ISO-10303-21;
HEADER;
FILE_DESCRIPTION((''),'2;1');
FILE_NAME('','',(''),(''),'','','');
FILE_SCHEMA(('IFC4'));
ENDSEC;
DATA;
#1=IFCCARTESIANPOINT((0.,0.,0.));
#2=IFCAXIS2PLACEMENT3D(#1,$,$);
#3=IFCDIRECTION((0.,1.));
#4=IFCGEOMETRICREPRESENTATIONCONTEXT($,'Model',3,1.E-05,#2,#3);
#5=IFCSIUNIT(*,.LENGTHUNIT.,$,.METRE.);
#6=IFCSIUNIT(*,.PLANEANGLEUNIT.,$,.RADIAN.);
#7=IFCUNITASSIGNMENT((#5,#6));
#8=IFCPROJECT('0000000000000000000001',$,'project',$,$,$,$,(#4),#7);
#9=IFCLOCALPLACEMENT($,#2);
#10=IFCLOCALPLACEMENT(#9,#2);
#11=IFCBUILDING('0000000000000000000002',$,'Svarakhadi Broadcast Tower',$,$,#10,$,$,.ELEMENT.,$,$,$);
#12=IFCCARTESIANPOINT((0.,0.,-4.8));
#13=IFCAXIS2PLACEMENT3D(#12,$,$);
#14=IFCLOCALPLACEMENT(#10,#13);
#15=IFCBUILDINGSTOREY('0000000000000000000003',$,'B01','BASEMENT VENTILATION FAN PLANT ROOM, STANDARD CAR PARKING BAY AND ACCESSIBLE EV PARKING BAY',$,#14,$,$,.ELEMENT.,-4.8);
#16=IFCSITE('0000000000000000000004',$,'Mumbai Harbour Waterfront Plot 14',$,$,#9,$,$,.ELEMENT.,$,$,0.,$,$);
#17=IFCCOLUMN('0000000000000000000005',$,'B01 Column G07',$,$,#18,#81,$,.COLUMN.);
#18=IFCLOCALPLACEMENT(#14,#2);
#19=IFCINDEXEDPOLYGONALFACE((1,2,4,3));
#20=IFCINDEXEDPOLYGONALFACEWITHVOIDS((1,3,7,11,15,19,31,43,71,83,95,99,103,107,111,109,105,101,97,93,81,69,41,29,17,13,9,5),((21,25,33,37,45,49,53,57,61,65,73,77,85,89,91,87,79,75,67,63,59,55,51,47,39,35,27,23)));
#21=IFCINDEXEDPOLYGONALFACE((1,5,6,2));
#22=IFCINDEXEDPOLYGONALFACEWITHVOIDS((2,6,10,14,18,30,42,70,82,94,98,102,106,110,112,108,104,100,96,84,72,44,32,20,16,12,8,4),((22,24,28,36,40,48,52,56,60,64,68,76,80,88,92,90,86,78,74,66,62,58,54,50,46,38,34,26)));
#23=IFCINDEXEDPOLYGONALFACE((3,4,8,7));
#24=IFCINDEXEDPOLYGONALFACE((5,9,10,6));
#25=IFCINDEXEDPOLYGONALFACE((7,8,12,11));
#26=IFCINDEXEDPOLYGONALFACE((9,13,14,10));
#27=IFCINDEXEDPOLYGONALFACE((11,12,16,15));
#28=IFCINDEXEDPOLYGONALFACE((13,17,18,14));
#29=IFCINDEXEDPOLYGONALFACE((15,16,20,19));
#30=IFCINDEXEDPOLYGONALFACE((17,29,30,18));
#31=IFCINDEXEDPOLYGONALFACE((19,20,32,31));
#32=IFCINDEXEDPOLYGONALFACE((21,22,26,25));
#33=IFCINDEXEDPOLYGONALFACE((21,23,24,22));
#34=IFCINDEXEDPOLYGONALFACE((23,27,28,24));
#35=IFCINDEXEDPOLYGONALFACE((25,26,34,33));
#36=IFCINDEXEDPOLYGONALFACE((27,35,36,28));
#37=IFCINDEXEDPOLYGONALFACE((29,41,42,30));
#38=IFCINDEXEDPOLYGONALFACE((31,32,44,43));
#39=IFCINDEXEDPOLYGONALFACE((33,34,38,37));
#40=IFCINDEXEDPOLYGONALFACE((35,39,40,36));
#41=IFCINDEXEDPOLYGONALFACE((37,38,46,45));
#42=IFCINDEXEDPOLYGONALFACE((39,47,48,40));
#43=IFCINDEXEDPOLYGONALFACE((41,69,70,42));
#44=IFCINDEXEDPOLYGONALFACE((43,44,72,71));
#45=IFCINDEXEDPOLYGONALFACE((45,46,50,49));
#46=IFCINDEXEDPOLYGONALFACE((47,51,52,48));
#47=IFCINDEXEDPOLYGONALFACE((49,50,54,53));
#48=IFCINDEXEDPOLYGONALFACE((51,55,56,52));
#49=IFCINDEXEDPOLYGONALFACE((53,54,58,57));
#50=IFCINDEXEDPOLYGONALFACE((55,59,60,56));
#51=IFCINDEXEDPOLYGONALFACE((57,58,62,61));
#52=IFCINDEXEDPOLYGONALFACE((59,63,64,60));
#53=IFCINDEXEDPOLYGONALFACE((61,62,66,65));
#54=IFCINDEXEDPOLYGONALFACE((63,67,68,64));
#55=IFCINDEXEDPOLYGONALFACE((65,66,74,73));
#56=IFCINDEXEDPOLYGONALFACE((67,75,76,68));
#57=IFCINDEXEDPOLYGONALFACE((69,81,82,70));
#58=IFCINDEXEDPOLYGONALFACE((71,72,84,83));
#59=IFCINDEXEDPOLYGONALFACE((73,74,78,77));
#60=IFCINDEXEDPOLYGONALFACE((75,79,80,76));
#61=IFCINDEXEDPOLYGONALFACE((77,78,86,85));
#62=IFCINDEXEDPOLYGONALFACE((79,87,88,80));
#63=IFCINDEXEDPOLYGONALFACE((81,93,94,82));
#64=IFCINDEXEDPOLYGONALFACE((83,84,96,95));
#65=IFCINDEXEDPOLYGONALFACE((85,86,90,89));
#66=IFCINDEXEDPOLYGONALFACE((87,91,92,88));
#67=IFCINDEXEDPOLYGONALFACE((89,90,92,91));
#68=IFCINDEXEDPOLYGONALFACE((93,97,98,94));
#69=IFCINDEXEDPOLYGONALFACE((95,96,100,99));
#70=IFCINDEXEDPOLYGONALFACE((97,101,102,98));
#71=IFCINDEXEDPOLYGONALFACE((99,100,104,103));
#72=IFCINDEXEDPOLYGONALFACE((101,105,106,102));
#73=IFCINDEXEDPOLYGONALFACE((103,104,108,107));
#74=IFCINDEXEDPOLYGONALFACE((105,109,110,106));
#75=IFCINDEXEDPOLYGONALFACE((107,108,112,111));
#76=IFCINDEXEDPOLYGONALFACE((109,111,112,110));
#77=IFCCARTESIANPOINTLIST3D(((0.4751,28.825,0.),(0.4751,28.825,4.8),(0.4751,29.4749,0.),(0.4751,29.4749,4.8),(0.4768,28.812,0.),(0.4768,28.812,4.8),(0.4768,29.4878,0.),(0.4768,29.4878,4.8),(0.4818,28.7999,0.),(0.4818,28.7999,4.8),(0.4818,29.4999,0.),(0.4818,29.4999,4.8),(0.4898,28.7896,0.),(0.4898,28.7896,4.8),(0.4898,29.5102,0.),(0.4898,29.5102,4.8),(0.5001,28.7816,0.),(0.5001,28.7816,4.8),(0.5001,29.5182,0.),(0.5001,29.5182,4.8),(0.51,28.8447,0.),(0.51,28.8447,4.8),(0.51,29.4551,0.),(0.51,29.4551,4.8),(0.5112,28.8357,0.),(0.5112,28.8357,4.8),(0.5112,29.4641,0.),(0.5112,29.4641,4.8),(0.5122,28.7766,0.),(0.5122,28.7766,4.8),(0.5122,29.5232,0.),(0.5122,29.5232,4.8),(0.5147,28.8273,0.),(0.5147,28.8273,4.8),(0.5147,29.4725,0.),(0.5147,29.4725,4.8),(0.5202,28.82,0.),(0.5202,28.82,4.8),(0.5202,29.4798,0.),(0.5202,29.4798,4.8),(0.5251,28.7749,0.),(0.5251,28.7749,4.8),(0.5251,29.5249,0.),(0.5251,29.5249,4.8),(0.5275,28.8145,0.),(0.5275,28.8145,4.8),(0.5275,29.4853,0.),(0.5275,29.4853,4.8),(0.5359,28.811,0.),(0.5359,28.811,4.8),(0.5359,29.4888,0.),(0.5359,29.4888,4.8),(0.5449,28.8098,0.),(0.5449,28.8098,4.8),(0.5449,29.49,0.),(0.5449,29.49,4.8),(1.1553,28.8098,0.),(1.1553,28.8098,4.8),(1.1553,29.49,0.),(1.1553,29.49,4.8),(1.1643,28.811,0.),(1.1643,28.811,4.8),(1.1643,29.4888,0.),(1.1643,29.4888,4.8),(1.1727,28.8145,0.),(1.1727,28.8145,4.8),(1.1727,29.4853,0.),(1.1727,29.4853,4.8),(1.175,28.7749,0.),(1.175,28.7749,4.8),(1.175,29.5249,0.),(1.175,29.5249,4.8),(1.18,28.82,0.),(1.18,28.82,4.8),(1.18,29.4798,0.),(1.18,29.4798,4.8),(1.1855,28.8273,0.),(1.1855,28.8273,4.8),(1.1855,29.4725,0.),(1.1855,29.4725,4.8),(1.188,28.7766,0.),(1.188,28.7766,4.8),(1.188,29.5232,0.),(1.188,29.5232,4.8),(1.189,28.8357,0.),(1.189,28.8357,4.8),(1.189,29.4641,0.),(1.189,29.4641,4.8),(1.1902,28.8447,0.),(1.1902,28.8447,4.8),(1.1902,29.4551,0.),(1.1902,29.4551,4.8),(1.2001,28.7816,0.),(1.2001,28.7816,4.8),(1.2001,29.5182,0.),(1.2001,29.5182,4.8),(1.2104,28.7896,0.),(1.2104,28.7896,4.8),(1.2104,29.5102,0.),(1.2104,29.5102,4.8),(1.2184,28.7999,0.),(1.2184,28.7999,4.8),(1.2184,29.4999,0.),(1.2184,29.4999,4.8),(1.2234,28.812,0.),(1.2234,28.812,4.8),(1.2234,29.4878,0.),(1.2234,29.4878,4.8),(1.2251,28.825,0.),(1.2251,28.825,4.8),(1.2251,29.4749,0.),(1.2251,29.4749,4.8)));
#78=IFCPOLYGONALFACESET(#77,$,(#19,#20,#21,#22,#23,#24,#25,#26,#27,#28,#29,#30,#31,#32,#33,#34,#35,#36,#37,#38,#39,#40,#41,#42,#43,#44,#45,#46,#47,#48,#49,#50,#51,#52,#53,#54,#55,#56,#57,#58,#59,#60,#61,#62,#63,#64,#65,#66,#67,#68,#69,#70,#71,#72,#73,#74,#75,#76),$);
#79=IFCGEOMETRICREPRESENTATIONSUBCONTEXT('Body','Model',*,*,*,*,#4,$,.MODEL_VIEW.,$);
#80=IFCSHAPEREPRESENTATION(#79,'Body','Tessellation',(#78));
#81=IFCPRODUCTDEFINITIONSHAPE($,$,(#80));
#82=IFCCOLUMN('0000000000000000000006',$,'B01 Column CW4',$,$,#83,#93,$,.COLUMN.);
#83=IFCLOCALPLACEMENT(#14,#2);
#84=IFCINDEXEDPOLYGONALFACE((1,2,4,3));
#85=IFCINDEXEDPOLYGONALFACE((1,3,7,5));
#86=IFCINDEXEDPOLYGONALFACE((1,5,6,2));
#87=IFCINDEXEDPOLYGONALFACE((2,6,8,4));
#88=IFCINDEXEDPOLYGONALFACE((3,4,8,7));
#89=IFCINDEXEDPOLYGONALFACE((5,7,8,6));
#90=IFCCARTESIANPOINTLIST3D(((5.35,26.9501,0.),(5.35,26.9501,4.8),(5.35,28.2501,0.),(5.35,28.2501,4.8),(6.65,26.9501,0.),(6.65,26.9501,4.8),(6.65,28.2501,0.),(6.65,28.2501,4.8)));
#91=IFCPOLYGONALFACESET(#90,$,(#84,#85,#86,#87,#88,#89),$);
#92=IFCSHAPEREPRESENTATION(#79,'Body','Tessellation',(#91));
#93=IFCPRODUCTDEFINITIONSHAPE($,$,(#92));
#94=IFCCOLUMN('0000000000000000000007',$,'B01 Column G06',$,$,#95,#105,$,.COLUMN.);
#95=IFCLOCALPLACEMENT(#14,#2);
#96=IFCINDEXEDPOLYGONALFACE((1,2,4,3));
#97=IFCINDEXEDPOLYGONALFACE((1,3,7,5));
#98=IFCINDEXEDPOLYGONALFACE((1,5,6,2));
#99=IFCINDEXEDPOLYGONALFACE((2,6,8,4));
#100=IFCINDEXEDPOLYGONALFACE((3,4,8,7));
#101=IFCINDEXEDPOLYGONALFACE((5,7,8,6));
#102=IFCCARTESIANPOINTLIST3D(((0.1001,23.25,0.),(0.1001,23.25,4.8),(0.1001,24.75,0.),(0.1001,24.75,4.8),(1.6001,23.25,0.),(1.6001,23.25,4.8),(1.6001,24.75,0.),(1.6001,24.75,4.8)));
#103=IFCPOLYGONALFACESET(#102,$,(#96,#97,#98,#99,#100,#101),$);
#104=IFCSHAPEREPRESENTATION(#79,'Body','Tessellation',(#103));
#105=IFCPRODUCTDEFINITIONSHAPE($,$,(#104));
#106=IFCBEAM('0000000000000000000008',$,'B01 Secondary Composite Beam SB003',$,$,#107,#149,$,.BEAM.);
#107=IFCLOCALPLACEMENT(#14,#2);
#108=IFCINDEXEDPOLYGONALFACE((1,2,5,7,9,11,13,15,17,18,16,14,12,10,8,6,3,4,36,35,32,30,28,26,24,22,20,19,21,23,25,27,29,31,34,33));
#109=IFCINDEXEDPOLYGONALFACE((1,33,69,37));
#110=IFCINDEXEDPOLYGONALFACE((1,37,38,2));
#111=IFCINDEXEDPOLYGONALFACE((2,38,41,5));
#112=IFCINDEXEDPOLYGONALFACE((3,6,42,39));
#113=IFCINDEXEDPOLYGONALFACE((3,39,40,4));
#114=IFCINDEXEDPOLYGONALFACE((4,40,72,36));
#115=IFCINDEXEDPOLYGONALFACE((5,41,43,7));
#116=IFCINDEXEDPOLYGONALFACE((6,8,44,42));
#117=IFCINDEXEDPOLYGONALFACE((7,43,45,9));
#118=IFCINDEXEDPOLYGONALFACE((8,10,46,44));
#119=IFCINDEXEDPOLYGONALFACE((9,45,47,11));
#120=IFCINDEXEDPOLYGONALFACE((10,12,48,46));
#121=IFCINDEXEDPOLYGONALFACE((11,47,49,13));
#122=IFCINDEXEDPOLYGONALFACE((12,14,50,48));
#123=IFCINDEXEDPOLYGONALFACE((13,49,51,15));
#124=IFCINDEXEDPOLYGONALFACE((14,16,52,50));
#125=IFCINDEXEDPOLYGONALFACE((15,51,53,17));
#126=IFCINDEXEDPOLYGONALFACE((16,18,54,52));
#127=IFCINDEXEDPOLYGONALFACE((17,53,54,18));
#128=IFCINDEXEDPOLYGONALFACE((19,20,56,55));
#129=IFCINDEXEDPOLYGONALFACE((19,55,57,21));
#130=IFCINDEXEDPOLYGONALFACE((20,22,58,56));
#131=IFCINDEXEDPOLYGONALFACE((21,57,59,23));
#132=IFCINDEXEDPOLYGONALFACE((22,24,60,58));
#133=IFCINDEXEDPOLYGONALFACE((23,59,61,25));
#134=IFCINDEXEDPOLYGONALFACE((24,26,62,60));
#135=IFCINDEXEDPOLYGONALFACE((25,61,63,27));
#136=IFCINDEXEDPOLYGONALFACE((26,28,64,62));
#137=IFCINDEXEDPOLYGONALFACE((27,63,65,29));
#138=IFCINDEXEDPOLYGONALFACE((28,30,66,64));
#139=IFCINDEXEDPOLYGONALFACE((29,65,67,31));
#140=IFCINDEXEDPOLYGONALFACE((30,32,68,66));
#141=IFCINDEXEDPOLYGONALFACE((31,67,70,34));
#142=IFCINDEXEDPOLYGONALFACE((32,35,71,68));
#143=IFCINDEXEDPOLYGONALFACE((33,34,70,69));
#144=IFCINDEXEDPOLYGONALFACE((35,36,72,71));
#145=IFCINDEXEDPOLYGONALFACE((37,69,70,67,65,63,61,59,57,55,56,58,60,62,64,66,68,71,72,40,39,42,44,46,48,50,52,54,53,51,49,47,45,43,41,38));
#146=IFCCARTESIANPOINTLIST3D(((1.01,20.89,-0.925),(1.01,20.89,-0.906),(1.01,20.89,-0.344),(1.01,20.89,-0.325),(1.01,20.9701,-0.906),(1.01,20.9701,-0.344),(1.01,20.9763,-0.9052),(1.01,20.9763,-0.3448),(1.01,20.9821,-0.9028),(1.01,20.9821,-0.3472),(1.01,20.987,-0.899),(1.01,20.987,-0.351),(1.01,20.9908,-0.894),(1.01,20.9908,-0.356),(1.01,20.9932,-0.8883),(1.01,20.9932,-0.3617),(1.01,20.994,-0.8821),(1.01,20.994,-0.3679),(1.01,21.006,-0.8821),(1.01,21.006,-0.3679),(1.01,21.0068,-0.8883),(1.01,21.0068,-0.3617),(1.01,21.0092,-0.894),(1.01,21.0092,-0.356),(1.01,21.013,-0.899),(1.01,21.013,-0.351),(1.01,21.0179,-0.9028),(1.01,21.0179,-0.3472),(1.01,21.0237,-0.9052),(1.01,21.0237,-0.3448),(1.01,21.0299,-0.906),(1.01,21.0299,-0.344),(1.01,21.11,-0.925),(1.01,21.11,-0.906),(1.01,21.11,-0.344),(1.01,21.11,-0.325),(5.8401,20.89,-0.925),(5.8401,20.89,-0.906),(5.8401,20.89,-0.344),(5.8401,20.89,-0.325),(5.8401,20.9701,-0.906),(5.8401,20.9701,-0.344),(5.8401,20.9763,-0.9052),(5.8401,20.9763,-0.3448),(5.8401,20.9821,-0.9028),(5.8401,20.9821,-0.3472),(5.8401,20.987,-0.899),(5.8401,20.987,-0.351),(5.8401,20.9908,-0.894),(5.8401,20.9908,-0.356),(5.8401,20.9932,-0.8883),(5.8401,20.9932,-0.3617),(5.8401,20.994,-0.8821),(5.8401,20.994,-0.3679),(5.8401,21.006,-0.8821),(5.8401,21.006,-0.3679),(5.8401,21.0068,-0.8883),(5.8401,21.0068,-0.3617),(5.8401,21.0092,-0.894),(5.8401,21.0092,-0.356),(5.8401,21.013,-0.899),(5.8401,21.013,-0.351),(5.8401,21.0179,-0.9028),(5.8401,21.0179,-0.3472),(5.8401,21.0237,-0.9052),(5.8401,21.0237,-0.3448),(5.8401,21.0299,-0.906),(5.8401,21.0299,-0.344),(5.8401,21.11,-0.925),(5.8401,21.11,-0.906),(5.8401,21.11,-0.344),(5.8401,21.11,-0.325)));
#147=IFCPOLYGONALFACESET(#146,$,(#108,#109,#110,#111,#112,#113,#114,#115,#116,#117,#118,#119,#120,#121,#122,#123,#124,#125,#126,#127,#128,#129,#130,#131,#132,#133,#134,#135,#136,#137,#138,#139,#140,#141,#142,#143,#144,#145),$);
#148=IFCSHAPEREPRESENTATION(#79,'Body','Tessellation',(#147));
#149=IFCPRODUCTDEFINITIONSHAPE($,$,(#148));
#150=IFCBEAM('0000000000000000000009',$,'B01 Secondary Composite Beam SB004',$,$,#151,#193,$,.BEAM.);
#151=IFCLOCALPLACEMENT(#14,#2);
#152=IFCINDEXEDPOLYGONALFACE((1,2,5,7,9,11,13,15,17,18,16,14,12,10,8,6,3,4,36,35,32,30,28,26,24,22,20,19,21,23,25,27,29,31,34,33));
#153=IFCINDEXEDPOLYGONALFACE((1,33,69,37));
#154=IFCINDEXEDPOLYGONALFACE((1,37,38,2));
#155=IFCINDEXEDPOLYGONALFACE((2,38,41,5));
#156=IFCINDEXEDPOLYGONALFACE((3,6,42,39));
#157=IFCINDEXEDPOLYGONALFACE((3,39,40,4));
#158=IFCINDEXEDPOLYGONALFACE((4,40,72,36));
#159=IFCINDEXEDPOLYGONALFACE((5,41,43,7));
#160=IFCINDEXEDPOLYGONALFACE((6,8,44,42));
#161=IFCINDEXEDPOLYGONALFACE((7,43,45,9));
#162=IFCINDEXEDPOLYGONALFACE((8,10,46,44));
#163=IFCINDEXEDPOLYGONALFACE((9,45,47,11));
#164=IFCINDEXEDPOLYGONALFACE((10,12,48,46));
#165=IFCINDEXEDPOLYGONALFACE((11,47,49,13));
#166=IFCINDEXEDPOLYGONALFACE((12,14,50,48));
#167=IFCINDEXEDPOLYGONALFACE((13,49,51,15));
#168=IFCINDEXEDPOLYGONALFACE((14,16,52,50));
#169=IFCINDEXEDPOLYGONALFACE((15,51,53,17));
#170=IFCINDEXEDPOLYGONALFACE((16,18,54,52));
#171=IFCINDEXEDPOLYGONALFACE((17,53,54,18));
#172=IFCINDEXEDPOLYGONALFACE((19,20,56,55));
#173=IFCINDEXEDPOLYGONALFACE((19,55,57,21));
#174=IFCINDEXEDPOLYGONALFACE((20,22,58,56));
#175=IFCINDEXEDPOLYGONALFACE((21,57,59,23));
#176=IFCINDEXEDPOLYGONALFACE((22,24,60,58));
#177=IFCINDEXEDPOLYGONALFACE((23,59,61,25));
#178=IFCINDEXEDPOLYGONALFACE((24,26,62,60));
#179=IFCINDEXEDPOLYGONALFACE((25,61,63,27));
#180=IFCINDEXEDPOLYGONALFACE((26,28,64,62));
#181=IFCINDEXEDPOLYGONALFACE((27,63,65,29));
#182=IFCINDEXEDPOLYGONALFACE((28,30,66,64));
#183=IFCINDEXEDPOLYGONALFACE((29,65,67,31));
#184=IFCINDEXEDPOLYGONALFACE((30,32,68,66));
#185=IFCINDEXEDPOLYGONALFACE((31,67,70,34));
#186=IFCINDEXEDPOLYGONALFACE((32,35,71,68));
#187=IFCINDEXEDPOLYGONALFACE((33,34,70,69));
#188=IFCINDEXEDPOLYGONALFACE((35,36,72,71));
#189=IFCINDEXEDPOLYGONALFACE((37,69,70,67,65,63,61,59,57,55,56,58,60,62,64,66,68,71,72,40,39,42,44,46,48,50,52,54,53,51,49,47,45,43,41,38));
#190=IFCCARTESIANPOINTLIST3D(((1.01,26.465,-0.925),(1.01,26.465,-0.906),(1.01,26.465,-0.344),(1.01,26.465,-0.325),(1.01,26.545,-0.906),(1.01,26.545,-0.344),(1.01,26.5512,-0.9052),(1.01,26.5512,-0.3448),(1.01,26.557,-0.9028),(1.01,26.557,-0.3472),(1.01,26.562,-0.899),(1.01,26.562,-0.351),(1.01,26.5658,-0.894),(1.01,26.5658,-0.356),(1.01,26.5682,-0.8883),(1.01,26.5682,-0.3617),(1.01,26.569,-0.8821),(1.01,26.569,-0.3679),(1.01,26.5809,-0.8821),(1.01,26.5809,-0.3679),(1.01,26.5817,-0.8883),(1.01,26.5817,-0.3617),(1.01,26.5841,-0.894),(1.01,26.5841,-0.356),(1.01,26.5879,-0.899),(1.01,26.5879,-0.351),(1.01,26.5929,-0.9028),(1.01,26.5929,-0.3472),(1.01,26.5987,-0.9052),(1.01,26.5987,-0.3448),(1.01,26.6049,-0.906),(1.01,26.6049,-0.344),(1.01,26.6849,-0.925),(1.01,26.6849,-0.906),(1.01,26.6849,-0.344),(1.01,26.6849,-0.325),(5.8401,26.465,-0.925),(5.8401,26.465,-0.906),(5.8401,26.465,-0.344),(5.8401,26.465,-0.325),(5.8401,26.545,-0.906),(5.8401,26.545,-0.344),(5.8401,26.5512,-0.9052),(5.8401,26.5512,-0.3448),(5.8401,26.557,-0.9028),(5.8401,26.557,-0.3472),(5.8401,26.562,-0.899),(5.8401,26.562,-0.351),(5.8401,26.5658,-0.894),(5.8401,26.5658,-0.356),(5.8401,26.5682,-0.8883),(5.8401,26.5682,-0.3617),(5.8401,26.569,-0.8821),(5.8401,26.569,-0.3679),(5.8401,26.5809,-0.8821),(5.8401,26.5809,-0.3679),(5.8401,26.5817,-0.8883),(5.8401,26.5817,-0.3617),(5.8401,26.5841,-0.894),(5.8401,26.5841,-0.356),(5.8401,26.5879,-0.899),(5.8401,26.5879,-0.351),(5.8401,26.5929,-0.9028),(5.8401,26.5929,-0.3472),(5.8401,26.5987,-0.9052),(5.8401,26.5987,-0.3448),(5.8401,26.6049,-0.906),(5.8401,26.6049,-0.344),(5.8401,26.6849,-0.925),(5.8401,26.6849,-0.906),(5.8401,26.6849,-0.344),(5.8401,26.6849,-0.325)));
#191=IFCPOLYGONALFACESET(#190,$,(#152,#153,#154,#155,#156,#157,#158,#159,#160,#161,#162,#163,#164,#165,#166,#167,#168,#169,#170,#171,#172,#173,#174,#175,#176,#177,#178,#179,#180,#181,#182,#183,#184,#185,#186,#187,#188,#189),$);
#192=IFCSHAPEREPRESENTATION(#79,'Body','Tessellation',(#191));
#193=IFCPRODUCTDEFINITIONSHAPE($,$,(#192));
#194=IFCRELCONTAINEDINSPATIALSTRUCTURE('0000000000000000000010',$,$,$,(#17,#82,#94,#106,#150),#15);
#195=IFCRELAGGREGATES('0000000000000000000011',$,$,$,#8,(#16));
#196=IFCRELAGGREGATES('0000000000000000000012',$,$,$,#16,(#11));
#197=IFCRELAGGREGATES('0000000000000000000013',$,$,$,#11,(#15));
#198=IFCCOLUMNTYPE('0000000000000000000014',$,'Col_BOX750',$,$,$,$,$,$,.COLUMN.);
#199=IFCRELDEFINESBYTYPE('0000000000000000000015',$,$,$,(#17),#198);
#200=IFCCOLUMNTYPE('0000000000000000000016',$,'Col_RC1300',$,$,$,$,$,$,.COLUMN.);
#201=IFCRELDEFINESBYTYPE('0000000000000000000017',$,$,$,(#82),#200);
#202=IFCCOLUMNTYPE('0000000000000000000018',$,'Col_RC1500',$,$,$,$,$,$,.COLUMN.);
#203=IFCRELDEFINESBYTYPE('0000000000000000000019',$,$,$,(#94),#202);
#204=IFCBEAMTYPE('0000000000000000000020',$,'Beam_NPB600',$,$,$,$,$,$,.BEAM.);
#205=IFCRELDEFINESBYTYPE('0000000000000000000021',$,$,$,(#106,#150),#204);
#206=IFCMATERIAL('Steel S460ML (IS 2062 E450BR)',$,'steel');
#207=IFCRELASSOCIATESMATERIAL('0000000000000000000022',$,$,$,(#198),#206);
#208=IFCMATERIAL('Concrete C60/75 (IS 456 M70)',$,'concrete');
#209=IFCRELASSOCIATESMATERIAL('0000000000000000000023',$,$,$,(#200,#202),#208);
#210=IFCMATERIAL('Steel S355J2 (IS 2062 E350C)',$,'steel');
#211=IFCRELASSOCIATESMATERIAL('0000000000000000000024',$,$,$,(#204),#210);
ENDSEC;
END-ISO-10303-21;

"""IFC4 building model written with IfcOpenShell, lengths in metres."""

from ifc_helpers import new_model, si_unit, direction, frame, origin, origin_2d, place, context, subcontext, project, spatial, rectangle, hollow_rectangle, i_section, extrude, material, material_profile, profile_set, type_object, element, save


model = new_model("IFC4")

# Units and contexts
model_context = context("Model", 3, precision=1e-05, world=origin(), true_north=direction((0.0, 1.0)))
body_context = subcontext(model_context, "Body", "Model", "MODEL_VIEW")
ifc_project = project(units=[si_unit("LENGTHUNIT", "METRE"), si_unit("PLANEANGLEUNIT", "RADIAN")], contexts=[model_context])

# Site, building, storey
site_placement = place(None, origin())
site = spatial("IfcSite", under=ifc_project, at=site_placement, Name="Mumbai Harbour Waterfront Plot 14", CompositionType="ELEMENT", RefElevation=0.0)
building_placement = place(site_placement, origin())
building = spatial("IfcBuilding", under=site, at=building_placement, Name="Svarakhadi Broadcast Tower", CompositionType="ELEMENT")
storey_placement = place(building_placement, frame((0.0, 0.0, -4.8)))
storey = spatial("IfcBuildingStorey", under=building, at=storey_placement, Name="B01", Description="BASEMENT VENTILATION FAN PLANT ROOM, STANDARD CAR PARKING BAY AND ACCESSIBLE EV PARKING BAY", CompositionType="ELEMENT", Elevation=-4.8)

# Columns
ifc_material_1 = material(Name="Steel S460ML (IS 2062 E450BR)", Category="steel")
ifc_material_profile_1 = material_profile(ifc_material_1, hollow_rectangle(XDim=0.75, YDim=0.75, WallThickness=0.0349, InnerFilletRadius=0.0349, OuterFilletRadius=0.05, at=origin_2d()), Name="BOX 750x750x35")
ifc_profile_set_1 = profile_set([ifc_material_profile_1], Name="Steel S460ML (IS 2062 E450BR)")
column_type_1 = type_object("IfcColumnType", Name="Col_BOX750", PredefinedType="COLUMN", material=ifc_profile_set_1)
column_1_placement = place(storey_placement, frame((0.8501, 29.1499, 0.0), z_axis=(0.0, 0.0, 1.0), x_axis=(1.0, 0.0, 0.0)))
element("IfcColumn", 1, at=column_1_placement, inside=storey, type_object=column_type_1, Name="B01 Column G07", PredefinedType="COLUMN", context=body_context, shape_type="SweptSolid", body=[
    extrude(hollow_rectangle(XDim=0.75, YDim=0.75, WallThickness=0.0349, InnerFilletRadius=0.0349, OuterFilletRadius=0.05, at=origin_2d()), origin(), (0.0, 0.0, 1.0), 4.8),
])
ifc_material_2 = material(Name="Concrete C60/75 (IS 456 M70)", Category="concrete")
ifc_material_profile_2 = material_profile(ifc_material_2, rectangle(XDim=1.3, YDim=1.3, at=origin_2d()), Name="RC 1300x1300")
ifc_profile_set_2 = profile_set([ifc_material_profile_2], Name="Concrete C60/75 (IS 456 M70)")
column_type_2 = type_object("IfcColumnType", Name="Col_RC1300", PredefinedType="COLUMN", material=ifc_profile_set_2)
column_2_placement = place(storey_placement, frame((6.0, 27.6001, 0.0), z_axis=(0.0, 0.0, 1.0), x_axis=(1.0, 0.0, 0.0)))
element("IfcColumn", 2, at=column_2_placement, inside=storey, type_object=column_type_2, Name="B01 Column CW4", PredefinedType="COLUMN", context=body_context, shape_type="SweptSolid", body=[
    extrude(rectangle(XDim=1.3, YDim=1.3, at=origin_2d()), origin(), (0.0, 0.0, 1.0), 4.8),
])
ifc_material_profile_3 = material_profile(ifc_material_2, rectangle(XDim=1.5, YDim=1.5, at=origin_2d()), Name="RC 1500x1500")
ifc_profile_set_3 = profile_set([ifc_material_profile_3], Name="Concrete C60/75 (IS 456 M70)")
column_type_3 = type_object("IfcColumnType", Name="Col_RC1500", PredefinedType="COLUMN", material=ifc_profile_set_3)
column_3_placement = place(storey_placement, frame((0.8501, 24.0, 0.0), z_axis=(0.0, 0.0, 1.0), x_axis=(1.0, 0.0, 0.0)))
element("IfcColumn", 3, at=column_3_placement, inside=storey, type_object=column_type_3, Name="B01 Column G06", PredefinedType="COLUMN", context=body_context, shape_type="SweptSolid", body=[
    extrude(rectangle(XDim=1.5, YDim=1.5, at=origin_2d()), origin(), (0.0, 0.0, 1.0), 4.8),
])

# Beams
ifc_material_3 = material(Name="Steel S355J2 (IS 2062 E350C)", Category="steel")
ifc_material_profile_4 = material_profile(ifc_material_3, i_section(OverallWidth=0.22, OverallDepth=0.6001, WebThickness=0.012, FlangeThickness=0.019, FilletRadius=0.0239, at=origin_2d()), Name="NPB 600x220x122")
ifc_profile_set_4 = profile_set([ifc_material_profile_4], Name="Steel S355J2 (IS 2062 E350C)")
beam_type_1 = type_object("IfcBeamType", Name="Beam_NPB600", PredefinedType="BEAM", material=ifc_profile_set_4)
for number, where, z_axis, x_axis, name in (
    (4, (1.01, 21.0, -0.625), (1.0, 0.0, 0.0), (0.0, 1.0, 0.0), "B01 Secondary Composite Beam SB003"),
    (5, (1.01, 26.575, -0.625), (1.0, 0.0, 0.0), (0.0, 1.0, 0.0), "B01 Secondary Composite Beam SB004"),
):
    element("IfcBeam", number, at=place(storey_placement, frame(where, z_axis=z_axis, x_axis=x_axis)), inside=storey, type_object=beam_type_1, Name=name, PredefinedType="BEAM", context=body_context, shape_type="SweptSolid", body=[
        extrude(i_section(OverallWidth=0.22, OverallDepth=0.6001, WebThickness=0.012, FlangeThickness=0.019, FilletRadius=0.0239, at=origin_2d()), origin(), (0.0, 0.0, 1.0), 4.8301),
    ])

save(model, "model.ifc")
